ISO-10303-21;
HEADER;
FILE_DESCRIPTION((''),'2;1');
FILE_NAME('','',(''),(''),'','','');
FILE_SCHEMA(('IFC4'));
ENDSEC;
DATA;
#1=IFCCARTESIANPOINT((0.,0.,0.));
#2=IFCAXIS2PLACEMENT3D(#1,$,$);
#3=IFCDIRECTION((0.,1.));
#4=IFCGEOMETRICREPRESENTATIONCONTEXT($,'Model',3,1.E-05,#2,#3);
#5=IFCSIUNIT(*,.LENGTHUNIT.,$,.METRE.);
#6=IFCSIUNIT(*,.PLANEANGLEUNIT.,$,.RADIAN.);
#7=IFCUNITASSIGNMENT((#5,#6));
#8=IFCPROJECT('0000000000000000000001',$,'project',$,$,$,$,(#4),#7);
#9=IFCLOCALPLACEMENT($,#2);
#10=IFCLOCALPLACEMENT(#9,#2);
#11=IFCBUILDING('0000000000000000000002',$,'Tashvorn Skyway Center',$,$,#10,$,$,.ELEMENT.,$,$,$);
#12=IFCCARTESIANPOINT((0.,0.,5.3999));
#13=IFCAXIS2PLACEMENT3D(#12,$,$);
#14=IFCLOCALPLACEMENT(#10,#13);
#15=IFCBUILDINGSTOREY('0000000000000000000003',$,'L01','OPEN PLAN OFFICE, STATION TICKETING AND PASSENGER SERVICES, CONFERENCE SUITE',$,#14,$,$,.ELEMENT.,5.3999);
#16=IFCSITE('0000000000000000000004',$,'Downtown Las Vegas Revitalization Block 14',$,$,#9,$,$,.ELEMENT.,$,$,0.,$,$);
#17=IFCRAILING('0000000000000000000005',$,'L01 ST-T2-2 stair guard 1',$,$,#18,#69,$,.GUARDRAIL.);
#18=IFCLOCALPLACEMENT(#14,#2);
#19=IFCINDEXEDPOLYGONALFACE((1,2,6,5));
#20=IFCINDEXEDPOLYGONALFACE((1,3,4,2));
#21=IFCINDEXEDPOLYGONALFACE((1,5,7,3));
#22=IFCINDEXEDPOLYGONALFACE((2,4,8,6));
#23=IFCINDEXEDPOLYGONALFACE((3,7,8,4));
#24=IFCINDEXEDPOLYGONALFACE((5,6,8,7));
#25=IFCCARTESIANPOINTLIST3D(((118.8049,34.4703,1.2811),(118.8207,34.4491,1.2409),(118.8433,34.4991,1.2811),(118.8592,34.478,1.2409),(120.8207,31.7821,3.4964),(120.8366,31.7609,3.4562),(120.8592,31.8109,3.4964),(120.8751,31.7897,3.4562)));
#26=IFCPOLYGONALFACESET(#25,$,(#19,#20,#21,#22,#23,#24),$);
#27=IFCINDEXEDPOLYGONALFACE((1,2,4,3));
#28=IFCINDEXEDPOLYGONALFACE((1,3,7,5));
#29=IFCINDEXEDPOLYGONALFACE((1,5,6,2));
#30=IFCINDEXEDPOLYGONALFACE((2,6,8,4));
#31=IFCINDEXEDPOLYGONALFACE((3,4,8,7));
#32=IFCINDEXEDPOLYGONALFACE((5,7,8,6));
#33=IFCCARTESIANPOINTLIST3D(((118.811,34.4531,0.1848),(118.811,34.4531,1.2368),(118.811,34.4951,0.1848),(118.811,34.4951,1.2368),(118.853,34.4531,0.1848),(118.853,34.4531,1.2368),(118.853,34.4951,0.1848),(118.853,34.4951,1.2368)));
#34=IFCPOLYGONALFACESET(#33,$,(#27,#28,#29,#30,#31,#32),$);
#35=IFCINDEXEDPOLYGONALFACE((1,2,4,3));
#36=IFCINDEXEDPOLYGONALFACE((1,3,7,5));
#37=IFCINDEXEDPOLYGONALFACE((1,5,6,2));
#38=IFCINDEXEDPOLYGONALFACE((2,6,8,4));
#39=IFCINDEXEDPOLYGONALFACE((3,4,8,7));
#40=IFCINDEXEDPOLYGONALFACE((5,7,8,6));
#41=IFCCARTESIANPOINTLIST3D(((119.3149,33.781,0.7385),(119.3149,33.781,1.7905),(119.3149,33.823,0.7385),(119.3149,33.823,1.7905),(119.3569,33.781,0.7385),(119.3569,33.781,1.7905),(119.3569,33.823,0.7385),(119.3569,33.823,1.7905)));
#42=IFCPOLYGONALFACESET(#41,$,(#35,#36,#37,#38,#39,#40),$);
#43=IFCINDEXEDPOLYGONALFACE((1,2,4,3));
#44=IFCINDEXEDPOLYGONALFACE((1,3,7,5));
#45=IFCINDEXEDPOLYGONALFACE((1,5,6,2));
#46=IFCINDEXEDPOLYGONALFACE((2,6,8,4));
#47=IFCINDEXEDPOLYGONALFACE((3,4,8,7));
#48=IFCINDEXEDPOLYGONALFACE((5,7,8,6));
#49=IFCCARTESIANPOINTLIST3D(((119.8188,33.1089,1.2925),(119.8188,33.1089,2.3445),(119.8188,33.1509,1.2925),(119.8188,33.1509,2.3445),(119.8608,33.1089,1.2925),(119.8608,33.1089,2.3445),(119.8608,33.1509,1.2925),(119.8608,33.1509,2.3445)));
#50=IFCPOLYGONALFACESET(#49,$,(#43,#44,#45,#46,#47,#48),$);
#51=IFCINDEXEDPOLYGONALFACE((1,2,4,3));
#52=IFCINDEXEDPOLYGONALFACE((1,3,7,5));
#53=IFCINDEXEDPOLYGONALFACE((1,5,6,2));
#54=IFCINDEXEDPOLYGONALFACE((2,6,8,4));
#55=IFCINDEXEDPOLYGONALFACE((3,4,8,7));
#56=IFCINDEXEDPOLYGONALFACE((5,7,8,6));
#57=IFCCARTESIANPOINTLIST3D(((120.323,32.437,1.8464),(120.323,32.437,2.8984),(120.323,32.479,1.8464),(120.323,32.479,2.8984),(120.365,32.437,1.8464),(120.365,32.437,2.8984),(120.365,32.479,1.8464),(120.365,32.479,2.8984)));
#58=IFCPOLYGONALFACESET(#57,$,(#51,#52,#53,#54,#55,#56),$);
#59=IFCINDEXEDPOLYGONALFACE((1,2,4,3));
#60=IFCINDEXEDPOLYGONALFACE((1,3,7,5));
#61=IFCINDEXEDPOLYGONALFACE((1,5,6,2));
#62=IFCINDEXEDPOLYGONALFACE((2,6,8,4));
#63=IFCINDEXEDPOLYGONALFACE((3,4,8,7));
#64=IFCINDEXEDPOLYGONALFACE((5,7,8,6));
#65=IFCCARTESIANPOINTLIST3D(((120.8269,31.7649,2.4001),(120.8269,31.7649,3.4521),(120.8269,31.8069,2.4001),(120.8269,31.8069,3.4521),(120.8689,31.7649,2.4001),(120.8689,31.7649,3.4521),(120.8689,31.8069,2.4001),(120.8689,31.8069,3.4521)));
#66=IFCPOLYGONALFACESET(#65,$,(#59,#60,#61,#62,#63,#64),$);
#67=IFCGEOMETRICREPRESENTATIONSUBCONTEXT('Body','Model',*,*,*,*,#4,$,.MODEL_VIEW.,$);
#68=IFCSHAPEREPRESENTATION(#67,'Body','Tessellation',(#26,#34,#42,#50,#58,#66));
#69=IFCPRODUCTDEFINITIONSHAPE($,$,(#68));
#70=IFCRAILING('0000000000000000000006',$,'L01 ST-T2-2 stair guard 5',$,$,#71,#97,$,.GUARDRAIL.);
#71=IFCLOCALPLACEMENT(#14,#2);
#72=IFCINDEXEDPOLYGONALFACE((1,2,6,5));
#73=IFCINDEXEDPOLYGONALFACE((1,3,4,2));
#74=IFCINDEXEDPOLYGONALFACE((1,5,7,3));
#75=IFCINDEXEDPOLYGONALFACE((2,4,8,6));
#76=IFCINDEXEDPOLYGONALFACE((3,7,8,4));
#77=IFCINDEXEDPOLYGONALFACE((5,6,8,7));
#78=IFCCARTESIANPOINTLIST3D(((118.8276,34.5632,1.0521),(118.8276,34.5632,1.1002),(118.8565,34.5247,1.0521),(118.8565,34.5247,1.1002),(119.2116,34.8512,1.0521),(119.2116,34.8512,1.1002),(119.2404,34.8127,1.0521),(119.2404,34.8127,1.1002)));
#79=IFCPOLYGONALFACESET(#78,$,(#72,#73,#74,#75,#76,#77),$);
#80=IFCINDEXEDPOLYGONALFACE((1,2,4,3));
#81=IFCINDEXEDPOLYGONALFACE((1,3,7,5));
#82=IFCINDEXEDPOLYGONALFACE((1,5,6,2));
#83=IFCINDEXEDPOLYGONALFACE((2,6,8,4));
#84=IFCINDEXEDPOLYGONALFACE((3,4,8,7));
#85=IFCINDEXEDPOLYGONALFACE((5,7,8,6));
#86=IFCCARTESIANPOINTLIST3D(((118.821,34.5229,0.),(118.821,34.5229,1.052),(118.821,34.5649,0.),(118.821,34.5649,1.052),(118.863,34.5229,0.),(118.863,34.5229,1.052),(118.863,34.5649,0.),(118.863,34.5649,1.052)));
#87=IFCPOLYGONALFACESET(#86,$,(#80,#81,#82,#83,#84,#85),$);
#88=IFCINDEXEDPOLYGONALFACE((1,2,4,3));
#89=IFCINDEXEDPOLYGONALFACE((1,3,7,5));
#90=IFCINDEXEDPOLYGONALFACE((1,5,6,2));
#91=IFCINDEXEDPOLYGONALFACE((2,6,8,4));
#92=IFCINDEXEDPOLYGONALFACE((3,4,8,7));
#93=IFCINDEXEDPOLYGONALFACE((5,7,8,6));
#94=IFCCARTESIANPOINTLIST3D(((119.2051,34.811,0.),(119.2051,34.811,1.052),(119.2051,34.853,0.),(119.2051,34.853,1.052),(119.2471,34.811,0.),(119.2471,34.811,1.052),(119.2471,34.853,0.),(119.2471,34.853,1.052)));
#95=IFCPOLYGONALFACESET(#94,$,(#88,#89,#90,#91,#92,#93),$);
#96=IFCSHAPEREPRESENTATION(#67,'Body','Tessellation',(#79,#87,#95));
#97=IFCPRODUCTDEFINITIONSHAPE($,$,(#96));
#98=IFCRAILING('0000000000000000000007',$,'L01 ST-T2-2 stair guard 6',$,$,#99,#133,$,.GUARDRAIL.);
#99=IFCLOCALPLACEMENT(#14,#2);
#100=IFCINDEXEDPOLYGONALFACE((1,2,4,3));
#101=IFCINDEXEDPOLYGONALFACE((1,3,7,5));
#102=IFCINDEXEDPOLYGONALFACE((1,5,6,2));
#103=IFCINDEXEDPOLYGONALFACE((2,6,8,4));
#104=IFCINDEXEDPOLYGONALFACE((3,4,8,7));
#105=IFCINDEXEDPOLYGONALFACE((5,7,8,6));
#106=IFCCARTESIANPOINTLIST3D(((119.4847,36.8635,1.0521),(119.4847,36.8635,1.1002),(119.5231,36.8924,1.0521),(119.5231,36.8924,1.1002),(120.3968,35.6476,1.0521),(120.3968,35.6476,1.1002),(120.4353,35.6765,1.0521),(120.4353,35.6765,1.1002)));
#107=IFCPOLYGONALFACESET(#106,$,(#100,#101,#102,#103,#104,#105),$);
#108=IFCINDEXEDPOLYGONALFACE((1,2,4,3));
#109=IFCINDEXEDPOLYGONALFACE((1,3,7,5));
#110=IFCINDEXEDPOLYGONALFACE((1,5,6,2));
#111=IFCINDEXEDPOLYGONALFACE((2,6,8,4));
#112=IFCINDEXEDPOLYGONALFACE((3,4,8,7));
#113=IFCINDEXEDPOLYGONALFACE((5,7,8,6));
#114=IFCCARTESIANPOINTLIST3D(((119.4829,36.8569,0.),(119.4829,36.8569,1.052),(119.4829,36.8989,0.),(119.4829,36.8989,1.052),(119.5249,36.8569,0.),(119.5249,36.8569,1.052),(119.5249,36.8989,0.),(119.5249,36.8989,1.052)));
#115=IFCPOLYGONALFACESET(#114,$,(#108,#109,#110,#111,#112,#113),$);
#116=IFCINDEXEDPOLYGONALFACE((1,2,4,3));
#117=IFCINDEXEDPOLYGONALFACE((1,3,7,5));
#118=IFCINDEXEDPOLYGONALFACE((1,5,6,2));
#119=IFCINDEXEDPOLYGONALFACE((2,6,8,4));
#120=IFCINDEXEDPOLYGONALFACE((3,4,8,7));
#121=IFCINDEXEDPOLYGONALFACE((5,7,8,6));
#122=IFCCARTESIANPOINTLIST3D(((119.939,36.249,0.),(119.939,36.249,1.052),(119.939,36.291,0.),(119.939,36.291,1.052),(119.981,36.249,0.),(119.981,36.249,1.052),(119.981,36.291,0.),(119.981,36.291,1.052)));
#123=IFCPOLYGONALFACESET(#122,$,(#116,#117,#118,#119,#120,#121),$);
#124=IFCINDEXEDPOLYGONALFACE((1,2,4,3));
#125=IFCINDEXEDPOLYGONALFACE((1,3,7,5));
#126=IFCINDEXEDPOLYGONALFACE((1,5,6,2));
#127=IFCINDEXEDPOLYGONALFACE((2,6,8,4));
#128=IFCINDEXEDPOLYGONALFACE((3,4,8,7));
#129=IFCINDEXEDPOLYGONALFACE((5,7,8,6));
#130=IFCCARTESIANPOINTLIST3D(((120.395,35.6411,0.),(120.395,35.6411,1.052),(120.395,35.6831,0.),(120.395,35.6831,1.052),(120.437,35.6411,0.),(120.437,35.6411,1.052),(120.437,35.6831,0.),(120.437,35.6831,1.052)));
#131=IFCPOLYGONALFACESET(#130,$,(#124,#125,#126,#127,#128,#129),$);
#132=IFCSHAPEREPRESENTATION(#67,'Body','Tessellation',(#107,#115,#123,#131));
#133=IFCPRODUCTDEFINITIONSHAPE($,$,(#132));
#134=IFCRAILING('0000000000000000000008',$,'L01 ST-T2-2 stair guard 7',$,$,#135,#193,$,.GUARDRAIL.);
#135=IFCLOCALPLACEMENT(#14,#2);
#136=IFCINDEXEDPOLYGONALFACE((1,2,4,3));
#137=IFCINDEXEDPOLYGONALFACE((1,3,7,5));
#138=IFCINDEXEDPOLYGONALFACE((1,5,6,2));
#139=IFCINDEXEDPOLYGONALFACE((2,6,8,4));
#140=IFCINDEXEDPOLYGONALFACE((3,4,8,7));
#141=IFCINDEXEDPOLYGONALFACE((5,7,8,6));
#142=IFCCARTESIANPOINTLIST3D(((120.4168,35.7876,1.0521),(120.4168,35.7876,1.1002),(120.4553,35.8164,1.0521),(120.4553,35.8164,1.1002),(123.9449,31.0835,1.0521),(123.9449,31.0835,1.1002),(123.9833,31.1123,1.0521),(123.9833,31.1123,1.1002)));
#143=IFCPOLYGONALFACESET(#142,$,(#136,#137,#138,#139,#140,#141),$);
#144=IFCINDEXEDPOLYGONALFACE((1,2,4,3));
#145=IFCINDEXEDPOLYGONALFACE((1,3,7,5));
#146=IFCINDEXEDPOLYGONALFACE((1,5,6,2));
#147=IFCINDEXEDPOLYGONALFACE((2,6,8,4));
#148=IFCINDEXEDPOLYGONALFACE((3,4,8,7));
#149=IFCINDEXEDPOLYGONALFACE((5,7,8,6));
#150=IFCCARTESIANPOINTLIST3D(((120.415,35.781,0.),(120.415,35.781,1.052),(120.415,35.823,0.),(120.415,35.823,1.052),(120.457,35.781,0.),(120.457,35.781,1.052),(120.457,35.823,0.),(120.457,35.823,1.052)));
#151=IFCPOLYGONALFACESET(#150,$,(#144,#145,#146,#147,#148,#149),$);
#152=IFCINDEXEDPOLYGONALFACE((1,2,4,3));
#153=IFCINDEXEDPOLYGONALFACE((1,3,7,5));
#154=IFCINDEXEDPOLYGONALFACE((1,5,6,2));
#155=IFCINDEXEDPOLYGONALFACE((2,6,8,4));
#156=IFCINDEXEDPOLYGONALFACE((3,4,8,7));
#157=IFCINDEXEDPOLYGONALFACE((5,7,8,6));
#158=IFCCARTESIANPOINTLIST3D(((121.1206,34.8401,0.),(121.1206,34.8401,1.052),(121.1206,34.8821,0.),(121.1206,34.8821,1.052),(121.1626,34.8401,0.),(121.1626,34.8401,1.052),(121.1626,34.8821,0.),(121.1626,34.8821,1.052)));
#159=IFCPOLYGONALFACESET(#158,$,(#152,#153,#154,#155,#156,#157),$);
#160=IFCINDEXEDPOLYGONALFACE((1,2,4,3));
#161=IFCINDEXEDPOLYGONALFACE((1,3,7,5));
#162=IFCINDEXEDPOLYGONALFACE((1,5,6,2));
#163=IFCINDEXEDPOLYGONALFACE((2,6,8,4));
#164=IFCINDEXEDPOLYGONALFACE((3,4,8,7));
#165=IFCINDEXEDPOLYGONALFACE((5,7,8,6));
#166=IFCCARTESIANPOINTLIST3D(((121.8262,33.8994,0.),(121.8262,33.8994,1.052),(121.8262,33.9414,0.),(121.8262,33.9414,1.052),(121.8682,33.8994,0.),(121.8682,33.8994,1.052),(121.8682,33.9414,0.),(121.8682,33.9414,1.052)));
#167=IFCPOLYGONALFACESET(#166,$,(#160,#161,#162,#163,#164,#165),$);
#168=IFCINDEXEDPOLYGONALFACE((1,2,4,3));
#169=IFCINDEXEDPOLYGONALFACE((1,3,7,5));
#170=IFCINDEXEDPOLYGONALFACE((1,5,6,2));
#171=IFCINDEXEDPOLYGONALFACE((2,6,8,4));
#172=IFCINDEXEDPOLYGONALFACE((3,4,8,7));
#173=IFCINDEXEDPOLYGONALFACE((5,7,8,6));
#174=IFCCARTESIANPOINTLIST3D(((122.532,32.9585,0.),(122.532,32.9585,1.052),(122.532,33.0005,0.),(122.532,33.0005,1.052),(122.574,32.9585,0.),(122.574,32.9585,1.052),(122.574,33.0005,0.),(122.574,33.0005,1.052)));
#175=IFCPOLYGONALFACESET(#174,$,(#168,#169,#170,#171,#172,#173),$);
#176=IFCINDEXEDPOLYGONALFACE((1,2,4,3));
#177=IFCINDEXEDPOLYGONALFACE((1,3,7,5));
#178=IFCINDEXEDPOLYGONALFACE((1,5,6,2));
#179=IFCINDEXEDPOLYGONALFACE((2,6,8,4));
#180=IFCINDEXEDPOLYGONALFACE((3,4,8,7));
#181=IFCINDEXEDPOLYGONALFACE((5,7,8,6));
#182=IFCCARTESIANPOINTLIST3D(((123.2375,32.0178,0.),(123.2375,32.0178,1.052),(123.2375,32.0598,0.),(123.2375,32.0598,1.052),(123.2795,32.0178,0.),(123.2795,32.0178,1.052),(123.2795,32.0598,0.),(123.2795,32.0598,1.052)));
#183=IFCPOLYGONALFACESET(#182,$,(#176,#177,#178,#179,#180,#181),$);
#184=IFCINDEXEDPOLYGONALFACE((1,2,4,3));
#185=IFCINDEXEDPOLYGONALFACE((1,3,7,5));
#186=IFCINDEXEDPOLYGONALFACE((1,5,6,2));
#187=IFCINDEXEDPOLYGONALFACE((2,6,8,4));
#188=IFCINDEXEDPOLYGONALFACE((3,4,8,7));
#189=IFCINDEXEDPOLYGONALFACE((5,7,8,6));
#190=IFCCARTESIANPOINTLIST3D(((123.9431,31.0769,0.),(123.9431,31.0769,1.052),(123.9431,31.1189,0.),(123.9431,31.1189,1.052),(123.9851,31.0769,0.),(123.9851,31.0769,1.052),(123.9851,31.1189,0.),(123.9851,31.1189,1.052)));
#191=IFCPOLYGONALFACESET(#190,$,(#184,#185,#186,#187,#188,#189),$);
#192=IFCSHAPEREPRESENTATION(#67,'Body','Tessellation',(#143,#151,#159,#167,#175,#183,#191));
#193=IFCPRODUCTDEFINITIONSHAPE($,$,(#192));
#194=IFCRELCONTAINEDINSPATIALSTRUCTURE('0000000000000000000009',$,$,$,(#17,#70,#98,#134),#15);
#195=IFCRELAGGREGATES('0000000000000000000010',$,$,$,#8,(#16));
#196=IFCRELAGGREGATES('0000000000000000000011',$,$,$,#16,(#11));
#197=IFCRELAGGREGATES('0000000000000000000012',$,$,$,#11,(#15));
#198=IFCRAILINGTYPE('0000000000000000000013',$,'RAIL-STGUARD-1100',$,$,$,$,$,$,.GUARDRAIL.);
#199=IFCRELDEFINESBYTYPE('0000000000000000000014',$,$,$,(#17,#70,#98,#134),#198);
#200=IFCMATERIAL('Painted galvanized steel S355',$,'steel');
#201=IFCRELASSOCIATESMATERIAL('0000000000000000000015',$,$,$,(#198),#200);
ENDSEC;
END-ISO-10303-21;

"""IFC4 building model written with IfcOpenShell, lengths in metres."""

from ifc_helpers import new_model, si_unit, direction, frame, origin, origin_2d, place, context, subcontext, project, spatial, rectangle, extrude, material, type_object, element, save


model = new_model("IFC4")

# Units and contexts
model_context = context("Model", 3, precision=1e-05, world=origin(), true_north=direction((0.0, 1.0)))
body_context = subcontext(model_context, "Body", "Model", "MODEL_VIEW")
ifc_project = project(units=[si_unit("LENGTHUNIT", "METRE"), si_unit("PLANEANGLEUNIT", "RADIAN")], contexts=[model_context])

# Site, building, storey
site_placement = place(None, origin())
site = spatial("IfcSite", under=ifc_project, at=site_placement, Name="Downtown Las Vegas Revitalization Block 14", CompositionType="ELEMENT", RefElevation=0.0)
building_placement = place(site_placement, origin())
building = spatial("IfcBuilding", under=site, at=building_placement, Name="Tashvorn Skyway Center", CompositionType="ELEMENT")
storey_placement = place(building_placement, frame((0.0, 0.0, 5.3999)))
storey = spatial("IfcBuildingStorey", under=building, at=storey_placement, Name="L01", Description="OPEN PLAN OFFICE, STATION TICKETING AND PASSENGER SERVICES, CONFERENCE SUITE", CompositionType="ELEMENT", Elevation=5.3999)

# Railings
ifc_material_1 = material(Name="Painted galvanized steel S355", Category="steel")
railing_type_1 = type_object("IfcRailingType", Name="RAIL-STGUARD-1100", PredefinedType="GUARDRAIL", material=ifc_material_1)
railing_1_placement = place(storey_placement, frame((118.832, 34.4741, 0.1848)))
element("IfcRailing", 1, at=railing_1_placement, inside=storey, type_object=railing_type_1, Name="L01 ST-T2-2 stair guard 1", PredefinedType="GUARDRAIL", context=body_context, shape_type="SweptSolid", body=[
    extrude(rectangle(XDim=0.0481, YDim=0.0481, at=origin_2d()), frame((0.0, 0.0, 1.0762), z_axis=(0.500877, -0.667938, 0.550437), x_axis=(0.800044, 0.599942, 0.0)), (0.0, 0.0, 1.0), 4.0247),
    extrude(rectangle(XDim=0.042, YDim=0.042, at=origin_2d()), origin(), (0.0, 0.0, 1.0), 1.052),
    extrude(rectangle(XDim=0.042, YDim=0.042, at=origin_2d()), frame((0.5039, -0.6721, 0.5537)), (0.0, 0.0, 1.0), 1.052),
    extrude(rectangle(XDim=0.042, YDim=0.042, at=origin_2d()), frame((1.0078, -1.3442, 1.1077)), (0.0, 0.0, 1.0), 1.052),
    extrude(rectangle(XDim=0.042, YDim=0.042, at=origin_2d()), frame((1.512, -2.0161, 1.6616)), (0.0, 0.0, 1.0), 1.052),
    extrude(rectangle(XDim=0.042, YDim=0.042, at=origin_2d()), frame((2.0159, -2.6882, 2.2153)), (0.0, 0.0, 1.0), 1.052),
])
railing_2_placement = place(storey_placement, frame((118.842, 34.5439, 0.0)))
element("IfcRailing", 2, at=railing_2_placement, inside=storey, type_object=railing_type_1, Name="L01 ST-T2-2 stair guard 5", PredefinedType="GUARDRAIL", context=body_context, shape_type="SweptSolid", body=[
    extrude(rectangle(XDim=0.0481, YDim=0.0481, at=origin_2d()), frame((0.0, 0.0, 1.0762), z_axis=(0.799939, 0.600081, 0.0), x_axis=(-0.600081, 0.799939, 0.0)), (0.0, 0.0, 1.0), 0.48),
    extrude(rectangle(XDim=0.042, YDim=0.042, at=origin_2d()), origin(), (0.0, 0.0, 1.0), 1.052),
    extrude(rectangle(XDim=0.042, YDim=0.042, at=origin_2d()), frame((0.384, 0.2881, 0.0)), (0.0, 0.0, 1.0), 1.052),
])
railing_3_placement = place(storey_placement, frame((119.5039, 36.8779, 0.0)))
element("IfcRailing", 3, at=railing_3_placement, inside=storey, type_object=railing_type_1, Name="L01 ST-T2-2 stair guard 6", PredefinedType="GUARDRAIL", context=body_context, shape_type="SweptSolid", body=[
    extrude(rectangle(XDim=0.0481, YDim=0.0481, at=origin_2d()), frame((0.0, 0.0, 1.0762), z_axis=(0.600103, -0.799923, 0.0), x_axis=(0.799923, 0.600103, 0.0)), (0.0, 0.0, 1.0), 1.52),
    extrude(rectangle(XDim=0.042, YDim=0.042, at=origin_2d()), origin(), (0.0, 0.0, 1.0), 1.052),
    extrude(rectangle(XDim=0.042, YDim=0.042, at=origin_2d()), frame((0.4561, -0.6079, 0.0)), (0.0, 0.0, 1.0), 1.052),
    extrude(rectangle(XDim=0.042, YDim=0.042, at=origin_2d()), frame((0.9121, -1.2158, 0.0)), (0.0, 0.0, 1.0), 1.052),
])
railing_4_placement = place(storey_placement, frame((120.436, 35.802, 0.0)))
element("IfcRailing", 4, at=railing_4_placement, inside=storey, type_object=railing_type_1, Name="L01 ST-T2-2 stair guard 7", PredefinedType="GUARDRAIL", context=body_context, shape_type="SweptSolid", body=[
    extrude(rectangle(XDim=0.0481, YDim=0.0481, at=origin_2d()), frame((0.0, 0.0, 1.0762), z_axis=(0.6, -0.8, 0.0), x_axis=(0.8, 0.6, 0.0)), (0.0, 0.0, 1.0), 5.8801),
    extrude(rectangle(XDim=0.042, YDim=0.042, at=origin_2d()), origin(), (0.0, 0.0, 1.0), 1.052),
    extrude(rectangle(XDim=0.042, YDim=0.042, at=origin_2d()), frame((0.7056, -0.9409, 0.0)), (0.0, 0.0, 1.0), 1.052),
    extrude(rectangle(XDim=0.042, YDim=0.042, at=origin_2d()), frame((1.4111, -1.8816, 0.0)), (0.0, 0.0, 1.0), 1.052),
    extrude(rectangle(XDim=0.042, YDim=0.042, at=origin_2d()), frame((2.1169, -2.8225, 0.0)), (0.0, 0.0, 1.0), 1.052),
    extrude(rectangle(XDim=0.042, YDim=0.042, at=origin_2d()), frame((2.8225, -3.7632, 0.0)), (0.0, 0.0, 1.0), 1.052),
    extrude(rectangle(XDim=0.042, YDim=0.042, at=origin_2d()), frame((3.5281, -4.7041, 0.0)), (0.0, 0.0, 1.0), 1.052),
])

save(model, "model.ifc")
